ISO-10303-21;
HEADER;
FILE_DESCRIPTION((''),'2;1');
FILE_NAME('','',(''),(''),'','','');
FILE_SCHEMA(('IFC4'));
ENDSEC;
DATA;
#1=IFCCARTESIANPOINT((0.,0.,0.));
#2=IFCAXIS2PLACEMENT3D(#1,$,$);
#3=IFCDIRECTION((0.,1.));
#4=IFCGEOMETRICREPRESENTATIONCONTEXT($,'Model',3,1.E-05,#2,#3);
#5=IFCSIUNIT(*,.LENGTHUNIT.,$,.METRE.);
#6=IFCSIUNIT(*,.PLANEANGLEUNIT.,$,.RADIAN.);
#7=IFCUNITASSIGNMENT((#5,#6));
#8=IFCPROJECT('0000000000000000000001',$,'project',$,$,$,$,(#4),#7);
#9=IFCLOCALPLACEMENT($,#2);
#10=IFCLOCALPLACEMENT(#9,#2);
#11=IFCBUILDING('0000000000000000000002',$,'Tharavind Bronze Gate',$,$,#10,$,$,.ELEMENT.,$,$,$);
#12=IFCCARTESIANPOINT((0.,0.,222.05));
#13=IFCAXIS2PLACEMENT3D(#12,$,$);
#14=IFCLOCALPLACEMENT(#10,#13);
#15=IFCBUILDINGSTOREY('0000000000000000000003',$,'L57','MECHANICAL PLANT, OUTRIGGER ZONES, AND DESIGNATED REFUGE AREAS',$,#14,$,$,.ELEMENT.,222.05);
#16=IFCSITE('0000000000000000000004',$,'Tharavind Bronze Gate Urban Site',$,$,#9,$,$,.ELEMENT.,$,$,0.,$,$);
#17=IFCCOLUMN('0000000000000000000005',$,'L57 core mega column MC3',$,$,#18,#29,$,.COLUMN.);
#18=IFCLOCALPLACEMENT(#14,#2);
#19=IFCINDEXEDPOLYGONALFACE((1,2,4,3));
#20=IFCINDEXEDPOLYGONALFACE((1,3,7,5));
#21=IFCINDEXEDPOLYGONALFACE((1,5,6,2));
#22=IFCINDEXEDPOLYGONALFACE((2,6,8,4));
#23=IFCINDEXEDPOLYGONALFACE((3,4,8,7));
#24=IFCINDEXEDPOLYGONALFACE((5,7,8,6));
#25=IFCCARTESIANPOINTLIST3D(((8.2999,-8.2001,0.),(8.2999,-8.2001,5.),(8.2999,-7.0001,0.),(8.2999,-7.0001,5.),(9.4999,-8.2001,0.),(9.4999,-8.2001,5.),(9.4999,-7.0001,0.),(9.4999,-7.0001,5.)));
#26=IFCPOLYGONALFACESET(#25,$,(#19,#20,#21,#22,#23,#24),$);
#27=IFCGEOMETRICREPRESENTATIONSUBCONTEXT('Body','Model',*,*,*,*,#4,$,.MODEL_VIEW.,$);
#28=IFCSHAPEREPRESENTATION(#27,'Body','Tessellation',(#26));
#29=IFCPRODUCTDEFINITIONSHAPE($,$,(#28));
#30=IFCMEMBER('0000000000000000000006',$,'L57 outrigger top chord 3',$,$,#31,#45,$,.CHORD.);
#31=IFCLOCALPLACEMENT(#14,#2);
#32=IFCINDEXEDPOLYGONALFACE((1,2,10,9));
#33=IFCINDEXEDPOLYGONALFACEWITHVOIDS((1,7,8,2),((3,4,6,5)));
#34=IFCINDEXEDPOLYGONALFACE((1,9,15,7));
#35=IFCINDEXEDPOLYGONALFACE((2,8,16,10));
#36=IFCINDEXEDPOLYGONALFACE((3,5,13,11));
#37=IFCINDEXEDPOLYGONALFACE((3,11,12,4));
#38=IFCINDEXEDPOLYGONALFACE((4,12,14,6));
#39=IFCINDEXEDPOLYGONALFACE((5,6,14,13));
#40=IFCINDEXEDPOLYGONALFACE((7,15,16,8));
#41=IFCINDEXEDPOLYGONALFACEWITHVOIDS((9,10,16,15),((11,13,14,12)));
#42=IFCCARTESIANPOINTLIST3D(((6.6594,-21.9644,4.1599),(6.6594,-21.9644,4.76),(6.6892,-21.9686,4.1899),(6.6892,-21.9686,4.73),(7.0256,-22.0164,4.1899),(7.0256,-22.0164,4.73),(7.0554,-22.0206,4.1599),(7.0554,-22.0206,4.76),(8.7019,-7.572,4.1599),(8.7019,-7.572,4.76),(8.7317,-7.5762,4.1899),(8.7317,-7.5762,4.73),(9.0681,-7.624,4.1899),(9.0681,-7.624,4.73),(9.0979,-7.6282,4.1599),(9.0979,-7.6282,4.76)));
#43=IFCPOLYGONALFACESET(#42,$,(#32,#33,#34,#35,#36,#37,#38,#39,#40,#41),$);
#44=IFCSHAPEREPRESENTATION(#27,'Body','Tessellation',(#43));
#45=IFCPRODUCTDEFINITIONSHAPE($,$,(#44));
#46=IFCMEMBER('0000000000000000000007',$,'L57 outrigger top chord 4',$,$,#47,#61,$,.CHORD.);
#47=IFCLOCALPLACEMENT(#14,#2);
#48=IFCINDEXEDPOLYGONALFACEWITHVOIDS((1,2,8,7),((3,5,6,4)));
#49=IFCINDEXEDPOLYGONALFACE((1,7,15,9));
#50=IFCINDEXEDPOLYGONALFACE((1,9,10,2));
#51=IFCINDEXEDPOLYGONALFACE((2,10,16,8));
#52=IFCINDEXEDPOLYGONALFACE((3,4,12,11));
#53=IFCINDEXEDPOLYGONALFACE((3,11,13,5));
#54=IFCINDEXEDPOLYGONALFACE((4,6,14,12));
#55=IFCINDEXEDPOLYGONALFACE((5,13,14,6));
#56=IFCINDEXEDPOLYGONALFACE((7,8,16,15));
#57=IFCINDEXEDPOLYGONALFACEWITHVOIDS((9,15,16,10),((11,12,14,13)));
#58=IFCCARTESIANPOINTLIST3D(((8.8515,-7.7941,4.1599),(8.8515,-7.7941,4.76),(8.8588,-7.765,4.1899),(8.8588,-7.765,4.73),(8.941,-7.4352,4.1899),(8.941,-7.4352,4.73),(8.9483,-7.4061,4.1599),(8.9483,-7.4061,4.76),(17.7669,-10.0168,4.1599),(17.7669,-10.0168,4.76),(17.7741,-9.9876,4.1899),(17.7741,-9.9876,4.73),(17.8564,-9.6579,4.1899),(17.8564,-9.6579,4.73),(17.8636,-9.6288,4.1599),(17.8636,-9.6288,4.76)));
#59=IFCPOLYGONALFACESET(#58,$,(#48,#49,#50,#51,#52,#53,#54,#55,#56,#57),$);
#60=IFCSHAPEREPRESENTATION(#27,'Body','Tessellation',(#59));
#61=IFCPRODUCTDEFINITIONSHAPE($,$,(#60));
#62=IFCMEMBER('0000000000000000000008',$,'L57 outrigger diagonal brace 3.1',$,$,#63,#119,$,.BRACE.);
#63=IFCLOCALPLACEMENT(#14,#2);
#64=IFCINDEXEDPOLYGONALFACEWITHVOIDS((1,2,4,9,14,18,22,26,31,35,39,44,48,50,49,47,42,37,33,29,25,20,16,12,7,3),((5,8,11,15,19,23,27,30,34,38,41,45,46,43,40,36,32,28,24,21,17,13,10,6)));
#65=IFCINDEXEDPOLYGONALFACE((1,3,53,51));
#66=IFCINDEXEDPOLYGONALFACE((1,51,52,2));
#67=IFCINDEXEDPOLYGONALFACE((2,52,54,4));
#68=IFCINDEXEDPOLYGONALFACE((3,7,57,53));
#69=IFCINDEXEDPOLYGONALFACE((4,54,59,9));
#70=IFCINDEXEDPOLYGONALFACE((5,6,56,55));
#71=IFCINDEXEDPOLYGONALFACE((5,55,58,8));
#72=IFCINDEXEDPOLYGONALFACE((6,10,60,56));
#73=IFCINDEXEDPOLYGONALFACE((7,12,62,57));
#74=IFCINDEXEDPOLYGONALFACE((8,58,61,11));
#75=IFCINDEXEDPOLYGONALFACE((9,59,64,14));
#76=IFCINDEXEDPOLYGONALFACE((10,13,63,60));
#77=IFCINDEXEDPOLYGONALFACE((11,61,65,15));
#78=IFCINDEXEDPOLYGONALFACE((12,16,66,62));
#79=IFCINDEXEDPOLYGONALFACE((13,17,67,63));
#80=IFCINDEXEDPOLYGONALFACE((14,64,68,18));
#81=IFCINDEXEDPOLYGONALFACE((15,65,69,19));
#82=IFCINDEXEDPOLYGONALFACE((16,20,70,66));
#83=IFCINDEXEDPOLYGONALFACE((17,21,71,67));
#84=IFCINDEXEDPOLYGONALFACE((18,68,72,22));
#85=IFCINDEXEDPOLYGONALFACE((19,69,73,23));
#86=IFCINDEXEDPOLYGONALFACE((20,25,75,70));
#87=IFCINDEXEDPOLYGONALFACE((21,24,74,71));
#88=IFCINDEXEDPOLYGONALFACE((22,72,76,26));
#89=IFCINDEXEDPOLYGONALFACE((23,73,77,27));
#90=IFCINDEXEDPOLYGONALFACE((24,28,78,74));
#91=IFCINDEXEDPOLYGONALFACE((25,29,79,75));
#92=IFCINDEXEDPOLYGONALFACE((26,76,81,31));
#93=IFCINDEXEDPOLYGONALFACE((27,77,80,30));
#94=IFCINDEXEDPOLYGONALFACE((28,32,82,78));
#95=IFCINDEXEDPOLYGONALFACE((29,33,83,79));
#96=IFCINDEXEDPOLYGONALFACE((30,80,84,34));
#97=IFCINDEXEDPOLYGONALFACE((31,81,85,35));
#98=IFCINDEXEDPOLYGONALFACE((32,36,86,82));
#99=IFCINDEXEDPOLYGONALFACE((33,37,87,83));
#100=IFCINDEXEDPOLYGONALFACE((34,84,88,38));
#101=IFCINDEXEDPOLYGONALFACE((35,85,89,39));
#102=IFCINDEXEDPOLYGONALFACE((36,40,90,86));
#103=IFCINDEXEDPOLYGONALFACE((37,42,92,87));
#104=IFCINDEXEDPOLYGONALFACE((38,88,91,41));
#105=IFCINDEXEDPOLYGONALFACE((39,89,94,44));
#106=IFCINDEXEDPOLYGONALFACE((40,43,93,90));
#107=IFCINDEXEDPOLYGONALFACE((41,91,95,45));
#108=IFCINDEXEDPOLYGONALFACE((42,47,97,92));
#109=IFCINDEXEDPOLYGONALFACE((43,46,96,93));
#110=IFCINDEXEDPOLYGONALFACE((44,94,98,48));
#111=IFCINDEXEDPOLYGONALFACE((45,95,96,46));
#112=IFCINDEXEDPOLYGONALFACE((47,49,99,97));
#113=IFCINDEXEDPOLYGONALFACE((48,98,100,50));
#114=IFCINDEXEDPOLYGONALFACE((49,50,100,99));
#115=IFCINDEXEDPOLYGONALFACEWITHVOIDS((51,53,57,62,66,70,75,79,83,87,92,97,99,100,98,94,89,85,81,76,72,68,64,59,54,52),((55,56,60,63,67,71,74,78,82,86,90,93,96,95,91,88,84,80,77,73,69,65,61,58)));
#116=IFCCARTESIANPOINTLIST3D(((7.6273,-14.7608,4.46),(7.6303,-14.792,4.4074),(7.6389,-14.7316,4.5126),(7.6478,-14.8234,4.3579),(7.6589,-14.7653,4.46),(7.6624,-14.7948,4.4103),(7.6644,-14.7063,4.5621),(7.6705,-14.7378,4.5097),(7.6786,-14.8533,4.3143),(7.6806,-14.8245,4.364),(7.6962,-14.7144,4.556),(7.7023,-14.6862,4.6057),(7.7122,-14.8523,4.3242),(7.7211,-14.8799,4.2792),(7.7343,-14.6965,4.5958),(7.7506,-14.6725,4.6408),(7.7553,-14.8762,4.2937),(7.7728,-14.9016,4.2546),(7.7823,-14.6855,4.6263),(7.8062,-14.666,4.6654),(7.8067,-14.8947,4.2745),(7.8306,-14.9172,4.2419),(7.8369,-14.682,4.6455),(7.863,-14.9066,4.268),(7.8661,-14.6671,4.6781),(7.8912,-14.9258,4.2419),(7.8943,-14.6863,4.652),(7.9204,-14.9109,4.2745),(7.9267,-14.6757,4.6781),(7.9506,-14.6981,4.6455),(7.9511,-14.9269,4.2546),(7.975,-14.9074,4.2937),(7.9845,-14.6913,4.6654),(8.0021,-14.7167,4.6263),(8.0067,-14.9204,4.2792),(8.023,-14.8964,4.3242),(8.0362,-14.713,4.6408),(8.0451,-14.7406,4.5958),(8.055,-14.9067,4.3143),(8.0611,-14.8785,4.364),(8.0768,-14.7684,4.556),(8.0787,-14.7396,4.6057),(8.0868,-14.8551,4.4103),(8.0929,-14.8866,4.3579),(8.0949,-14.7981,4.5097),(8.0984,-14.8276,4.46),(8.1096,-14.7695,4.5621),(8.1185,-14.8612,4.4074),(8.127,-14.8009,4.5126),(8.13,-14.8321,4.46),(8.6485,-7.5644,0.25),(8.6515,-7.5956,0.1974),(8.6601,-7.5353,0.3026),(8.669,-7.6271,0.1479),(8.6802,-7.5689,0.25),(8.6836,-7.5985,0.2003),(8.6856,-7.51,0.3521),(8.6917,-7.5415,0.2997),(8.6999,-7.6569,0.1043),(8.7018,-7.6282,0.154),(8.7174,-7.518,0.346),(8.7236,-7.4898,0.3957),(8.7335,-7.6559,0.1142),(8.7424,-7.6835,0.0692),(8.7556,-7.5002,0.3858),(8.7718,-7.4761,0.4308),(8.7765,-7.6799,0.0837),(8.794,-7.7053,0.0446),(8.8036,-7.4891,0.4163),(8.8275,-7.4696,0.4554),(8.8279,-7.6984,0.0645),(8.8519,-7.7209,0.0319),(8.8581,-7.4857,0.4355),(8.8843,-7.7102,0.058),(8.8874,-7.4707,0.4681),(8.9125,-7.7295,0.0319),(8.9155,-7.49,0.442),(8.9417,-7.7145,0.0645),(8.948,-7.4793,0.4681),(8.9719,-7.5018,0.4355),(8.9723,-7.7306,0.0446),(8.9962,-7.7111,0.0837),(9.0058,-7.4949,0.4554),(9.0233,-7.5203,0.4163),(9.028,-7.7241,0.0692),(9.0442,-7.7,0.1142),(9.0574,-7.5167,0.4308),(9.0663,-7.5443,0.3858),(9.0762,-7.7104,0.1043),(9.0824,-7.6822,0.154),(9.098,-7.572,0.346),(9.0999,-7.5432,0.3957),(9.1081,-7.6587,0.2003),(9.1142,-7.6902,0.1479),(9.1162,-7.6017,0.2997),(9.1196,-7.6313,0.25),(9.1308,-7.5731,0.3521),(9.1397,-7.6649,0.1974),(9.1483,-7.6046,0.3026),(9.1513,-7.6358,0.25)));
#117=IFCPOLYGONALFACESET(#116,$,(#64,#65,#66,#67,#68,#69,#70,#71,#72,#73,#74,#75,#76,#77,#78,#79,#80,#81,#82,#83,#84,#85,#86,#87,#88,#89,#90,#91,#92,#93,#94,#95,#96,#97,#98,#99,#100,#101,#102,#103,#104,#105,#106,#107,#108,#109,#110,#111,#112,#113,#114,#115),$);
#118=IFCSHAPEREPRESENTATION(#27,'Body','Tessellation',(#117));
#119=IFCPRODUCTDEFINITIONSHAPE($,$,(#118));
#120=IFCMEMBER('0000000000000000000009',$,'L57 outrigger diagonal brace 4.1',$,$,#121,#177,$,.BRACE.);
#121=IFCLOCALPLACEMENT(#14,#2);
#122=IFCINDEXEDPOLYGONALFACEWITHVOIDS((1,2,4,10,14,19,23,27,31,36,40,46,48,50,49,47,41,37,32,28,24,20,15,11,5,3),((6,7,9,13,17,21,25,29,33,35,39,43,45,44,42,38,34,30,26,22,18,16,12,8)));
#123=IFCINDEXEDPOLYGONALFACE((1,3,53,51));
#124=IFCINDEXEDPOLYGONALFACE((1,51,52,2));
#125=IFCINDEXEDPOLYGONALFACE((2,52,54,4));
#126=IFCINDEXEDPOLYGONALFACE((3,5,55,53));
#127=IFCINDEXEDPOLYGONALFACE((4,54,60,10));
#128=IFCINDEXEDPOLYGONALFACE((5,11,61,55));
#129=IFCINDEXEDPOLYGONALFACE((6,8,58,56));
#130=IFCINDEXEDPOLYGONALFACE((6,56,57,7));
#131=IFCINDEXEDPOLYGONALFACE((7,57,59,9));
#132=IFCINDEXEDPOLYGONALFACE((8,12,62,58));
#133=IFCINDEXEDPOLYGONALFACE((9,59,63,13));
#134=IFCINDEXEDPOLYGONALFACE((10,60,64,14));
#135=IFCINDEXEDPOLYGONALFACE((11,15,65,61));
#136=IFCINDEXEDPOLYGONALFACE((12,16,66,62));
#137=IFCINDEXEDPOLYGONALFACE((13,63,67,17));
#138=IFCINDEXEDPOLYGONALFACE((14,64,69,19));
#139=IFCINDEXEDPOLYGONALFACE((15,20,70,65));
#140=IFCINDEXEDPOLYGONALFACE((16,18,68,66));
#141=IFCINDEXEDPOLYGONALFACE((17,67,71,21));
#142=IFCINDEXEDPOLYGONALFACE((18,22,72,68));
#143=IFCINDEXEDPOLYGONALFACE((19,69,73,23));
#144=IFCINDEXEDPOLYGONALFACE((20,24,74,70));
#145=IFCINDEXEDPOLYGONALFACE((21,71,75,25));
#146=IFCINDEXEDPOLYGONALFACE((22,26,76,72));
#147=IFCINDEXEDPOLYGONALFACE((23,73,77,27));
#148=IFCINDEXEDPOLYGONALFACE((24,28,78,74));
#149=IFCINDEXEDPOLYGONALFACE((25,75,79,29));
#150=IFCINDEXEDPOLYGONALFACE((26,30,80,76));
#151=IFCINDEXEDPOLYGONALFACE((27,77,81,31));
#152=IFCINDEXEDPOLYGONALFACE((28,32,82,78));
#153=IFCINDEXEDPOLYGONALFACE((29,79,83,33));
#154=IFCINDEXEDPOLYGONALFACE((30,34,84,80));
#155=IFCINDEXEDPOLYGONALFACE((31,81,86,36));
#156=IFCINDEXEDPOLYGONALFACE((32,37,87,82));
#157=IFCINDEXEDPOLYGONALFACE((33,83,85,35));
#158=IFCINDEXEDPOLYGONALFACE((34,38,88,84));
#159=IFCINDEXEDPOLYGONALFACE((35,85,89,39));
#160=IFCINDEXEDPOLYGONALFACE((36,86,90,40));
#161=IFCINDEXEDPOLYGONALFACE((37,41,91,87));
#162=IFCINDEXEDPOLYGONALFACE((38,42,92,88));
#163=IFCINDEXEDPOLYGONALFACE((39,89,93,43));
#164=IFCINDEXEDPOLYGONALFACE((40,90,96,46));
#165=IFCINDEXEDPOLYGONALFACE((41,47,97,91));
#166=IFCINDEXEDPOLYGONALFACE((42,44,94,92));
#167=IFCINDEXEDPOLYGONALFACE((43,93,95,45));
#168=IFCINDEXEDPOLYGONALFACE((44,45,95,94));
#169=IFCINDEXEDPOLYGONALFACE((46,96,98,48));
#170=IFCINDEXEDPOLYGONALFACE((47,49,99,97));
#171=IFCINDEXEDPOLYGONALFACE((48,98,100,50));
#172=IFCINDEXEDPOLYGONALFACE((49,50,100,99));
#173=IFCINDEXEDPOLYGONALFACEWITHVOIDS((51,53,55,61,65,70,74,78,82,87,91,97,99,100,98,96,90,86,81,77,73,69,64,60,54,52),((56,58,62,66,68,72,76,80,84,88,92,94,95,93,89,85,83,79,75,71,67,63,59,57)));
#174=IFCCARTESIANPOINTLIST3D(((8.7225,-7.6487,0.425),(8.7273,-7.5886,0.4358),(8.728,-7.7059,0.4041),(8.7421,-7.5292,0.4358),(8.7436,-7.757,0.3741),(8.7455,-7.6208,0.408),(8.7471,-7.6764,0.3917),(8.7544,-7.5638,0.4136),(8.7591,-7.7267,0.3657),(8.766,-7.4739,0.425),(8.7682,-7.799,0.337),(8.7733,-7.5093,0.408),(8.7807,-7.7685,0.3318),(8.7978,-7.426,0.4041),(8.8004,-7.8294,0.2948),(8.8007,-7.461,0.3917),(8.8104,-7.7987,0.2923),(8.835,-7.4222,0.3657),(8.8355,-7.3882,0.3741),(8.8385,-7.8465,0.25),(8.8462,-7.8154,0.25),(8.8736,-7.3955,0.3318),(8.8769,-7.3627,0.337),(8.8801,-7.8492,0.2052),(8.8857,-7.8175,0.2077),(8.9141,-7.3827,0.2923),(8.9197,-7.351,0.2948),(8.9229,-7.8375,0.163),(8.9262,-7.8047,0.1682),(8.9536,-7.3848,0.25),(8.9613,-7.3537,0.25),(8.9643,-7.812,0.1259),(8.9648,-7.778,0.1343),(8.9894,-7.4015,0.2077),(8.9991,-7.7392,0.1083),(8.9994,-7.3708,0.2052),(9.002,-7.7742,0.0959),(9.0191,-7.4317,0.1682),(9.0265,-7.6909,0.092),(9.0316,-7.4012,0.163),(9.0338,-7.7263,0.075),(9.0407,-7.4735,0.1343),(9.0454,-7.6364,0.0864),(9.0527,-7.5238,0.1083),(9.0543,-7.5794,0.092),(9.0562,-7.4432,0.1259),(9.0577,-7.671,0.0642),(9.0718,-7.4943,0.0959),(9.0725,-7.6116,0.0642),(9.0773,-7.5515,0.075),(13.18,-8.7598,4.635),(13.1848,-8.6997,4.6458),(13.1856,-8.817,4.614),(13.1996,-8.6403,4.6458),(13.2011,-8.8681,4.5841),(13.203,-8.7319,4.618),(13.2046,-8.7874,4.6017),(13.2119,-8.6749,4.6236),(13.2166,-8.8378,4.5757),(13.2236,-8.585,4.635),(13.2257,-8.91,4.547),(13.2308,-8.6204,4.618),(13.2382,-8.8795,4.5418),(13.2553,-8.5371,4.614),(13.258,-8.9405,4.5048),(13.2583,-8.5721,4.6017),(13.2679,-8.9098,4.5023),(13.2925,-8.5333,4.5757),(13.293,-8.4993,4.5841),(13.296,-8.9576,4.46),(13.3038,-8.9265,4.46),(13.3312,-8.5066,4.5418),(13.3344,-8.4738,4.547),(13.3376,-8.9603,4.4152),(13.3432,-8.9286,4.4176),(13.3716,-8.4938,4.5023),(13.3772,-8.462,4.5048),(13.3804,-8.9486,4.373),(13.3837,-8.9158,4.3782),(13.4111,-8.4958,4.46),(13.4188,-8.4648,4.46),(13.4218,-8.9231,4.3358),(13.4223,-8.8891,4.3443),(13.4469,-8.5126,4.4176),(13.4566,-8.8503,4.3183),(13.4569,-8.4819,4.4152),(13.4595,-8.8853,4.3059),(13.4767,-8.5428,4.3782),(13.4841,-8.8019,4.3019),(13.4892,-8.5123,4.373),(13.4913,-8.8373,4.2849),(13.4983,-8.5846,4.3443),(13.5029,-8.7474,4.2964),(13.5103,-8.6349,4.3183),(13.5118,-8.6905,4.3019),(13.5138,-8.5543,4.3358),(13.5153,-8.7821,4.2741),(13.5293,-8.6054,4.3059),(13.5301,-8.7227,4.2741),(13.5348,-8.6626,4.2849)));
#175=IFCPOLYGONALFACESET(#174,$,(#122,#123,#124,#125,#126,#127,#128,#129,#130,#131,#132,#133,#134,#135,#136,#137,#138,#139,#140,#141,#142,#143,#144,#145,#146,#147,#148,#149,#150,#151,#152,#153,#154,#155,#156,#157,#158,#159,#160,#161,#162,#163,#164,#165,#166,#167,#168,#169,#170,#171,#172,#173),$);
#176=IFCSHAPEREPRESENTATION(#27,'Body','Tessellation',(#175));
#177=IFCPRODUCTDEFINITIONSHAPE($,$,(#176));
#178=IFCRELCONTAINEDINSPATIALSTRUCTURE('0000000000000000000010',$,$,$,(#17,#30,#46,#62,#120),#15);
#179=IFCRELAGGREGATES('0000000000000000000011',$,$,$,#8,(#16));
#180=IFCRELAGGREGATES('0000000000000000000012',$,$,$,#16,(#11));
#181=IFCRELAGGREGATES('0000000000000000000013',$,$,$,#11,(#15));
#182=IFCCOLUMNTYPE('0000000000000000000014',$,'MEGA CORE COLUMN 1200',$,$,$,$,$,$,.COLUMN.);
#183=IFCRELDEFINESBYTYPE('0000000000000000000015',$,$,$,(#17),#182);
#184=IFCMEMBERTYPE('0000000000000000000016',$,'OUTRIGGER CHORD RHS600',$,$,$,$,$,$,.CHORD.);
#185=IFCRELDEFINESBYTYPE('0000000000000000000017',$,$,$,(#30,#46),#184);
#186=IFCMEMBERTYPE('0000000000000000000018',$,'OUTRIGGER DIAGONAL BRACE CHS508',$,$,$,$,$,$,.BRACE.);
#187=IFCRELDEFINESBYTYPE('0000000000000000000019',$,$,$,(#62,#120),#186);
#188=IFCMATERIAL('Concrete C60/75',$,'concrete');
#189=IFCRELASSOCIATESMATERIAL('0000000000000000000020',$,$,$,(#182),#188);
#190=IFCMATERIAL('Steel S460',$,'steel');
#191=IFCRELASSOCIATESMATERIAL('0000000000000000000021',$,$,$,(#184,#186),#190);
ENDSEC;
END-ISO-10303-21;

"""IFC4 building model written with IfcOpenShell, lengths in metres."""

from ifc_helpers import new_model, si_unit, direction, frame, origin, origin_2d, place, context, subcontext, project, spatial, rectangle, hollow_rectangle, hollow_circle, extrude, material, material_profile, profile_set, type_object, element, save


model = new_model("IFC4")

# Units and contexts
model_context = context("Model", 3, precision=1e-05, world=origin(), true_north=direction((0.0, 1.0)))
body_context = subcontext(model_context, "Body", "Model", "MODEL_VIEW")
ifc_project = project(units=[si_unit("LENGTHUNIT", "METRE"), si_unit("PLANEANGLEUNIT", "RADIAN")], contexts=[model_context])

# Site, building, storey
site_placement = place(None, origin())
site = spatial("IfcSite", under=ifc_project, at=site_placement, Name="Tharavind Bronze Gate Urban Site", CompositionType="ELEMENT", RefElevation=0.0)
building_placement = place(site_placement, origin())
building = spatial("IfcBuilding", under=site, at=building_placement, Name="Tharavind Bronze Gate", CompositionType="ELEMENT")
storey_placement = place(building_placement, frame((0.0, 0.0, 222.05)))
storey = spatial("IfcBuildingStorey", under=building, at=storey_placement, Name="L57", Description="MECHANICAL PLANT, OUTRIGGER ZONES, AND DESIGNATED REFUGE AREAS", CompositionType="ELEMENT", Elevation=222.05)

# Column
ifc_material_1 = material(Name="Concrete C60/75", Category="concrete")
ifc_material_profile_1 = material_profile(ifc_material_1, rectangle(XDim=1.2, YDim=1.2, at=origin_2d()), Name="RCCOL1200")
ifc_profile_set_1 = profile_set([ifc_material_profile_1], Name="Concrete C60/75")
column_type = type_object("IfcColumnType", Name="MEGA CORE COLUMN 1200", PredefinedType="COLUMN", material=ifc_profile_set_1)
column_placement = place(storey_placement, frame((8.8999, -7.6001, 0.0), z_axis=(0.0, 0.0, 1.0), x_axis=(1.0, 0.0, 0.0)))
element("IfcColumn", 1, at=column_placement, inside=storey, type_object=column_type, Name="L57 core mega column MC3", PredefinedType="COLUMN", context=body_context, shape_type="SweptSolid", body=[
    extrude(rectangle(XDim=1.2, YDim=1.2, at=origin_2d()), origin(), (0.0, 0.0, 1.0), 5.0),
])

# Members
ifc_material_2 = material(Name="Steel S460", Category="steel")
ifc_material_profile_2 = material_profile(ifc_material_2, hollow_rectangle(XDim=0.3999, YDim=0.6001, WallThickness=0.03, at=origin_2d()), Name="RHS600X400X30")
ifc_profile_set_2 = profile_set([ifc_material_profile_2], Name="Steel S460")
member_type_1 = type_object("IfcMemberType", Name="OUTRIGGER CHORD RHS600", PredefinedType="CHORD", material=ifc_profile_set_2)
member_1_placement = place(storey_placement, frame((8.8999, -7.6001, 4.46), z_axis=(-0.140507, -0.99008, 0.0), x_axis=(0.99008, -0.140507, 0.0)))
element("IfcMember", 2, at=member_1_placement, inside=storey, type_object=member_type_1, Name="L57 outrigger top chord 3", PredefinedType="CHORD", context=body_context, shape_type="SweptSolid", body=[
    extrude(hollow_rectangle(XDim=0.3999, YDim=0.6001, WallThickness=0.03, at=origin_2d()), origin(), (0.0, 0.0, 1.0), 14.5366),
])
member_2_placement = place(storey_placement, frame((8.8999, -7.6001, 4.46), z_axis=(0.9703, -0.241904, 0.0), x_axis=(0.241904, 0.9703, 0.0)))
element("IfcMember", 3, at=member_2_placement, inside=storey, type_object=member_type_1, Name="L57 outrigger top chord 4", PredefinedType="CHORD", context=body_context, shape_type="SweptSolid", body=[
    extrude(hollow_rectangle(XDim=0.3999, YDim=0.6001, WallThickness=0.03, at=origin_2d()), origin(), (0.0, 0.0, 1.0), 9.1882),
])
ifc_material_profile_3 = material_profile(ifc_material_2, hollow_circle(Radius=0.2539, WallThickness=0.032, at=origin_2d()), Name="CHS508X32")
ifc_profile_set_3 = profile_set([ifc_material_profile_3], Name="Steel S460")
member_type_2 = type_object("IfcMemberType", Name="OUTRIGGER DIAGONAL BRACE CHS508", PredefinedType="BRACE", material=ifc_profile_set_3)
member_3_placement = place(storey_placement, frame((8.8999, -7.6001, 0.25), z_axis=(-0.121582, -0.856742, 0.50121), x_axis=(0.99008, -0.140504, 0.0)))
element("IfcMember", 4, at=member_3_placement, inside=storey, type_object=member_type_2, Name="L57 outrigger diagonal brace 3.1", PredefinedType="BRACE", context=body_context, shape_type="SweptSolid", body=[
    extrude(hollow_circle(Radius=0.2539, WallThickness=0.032, at=origin_2d()), origin(), (0.0, 0.0, 1.0), 8.3997),
])
member_4_placement = place(storey_placement, frame((8.8999, -7.6001, 0.25), z_axis=(0.715356, -0.17831, 0.675627), x_axis=(0.24186, 0.970311, 0.0)))
element("IfcMember", 5, at=member_4_placement, inside=storey, type_object=member_type_2, Name="L57 outrigger diagonal brace 4.1", PredefinedType="BRACE", context=body_context, shape_type="SweptSolid", body=[
    extrude(hollow_circle(Radius=0.2539, WallThickness=0.032, at=origin_2d()), origin(), (0.0, 0.0, 1.0), 6.2312),
])

save(model, "model.ifc")
